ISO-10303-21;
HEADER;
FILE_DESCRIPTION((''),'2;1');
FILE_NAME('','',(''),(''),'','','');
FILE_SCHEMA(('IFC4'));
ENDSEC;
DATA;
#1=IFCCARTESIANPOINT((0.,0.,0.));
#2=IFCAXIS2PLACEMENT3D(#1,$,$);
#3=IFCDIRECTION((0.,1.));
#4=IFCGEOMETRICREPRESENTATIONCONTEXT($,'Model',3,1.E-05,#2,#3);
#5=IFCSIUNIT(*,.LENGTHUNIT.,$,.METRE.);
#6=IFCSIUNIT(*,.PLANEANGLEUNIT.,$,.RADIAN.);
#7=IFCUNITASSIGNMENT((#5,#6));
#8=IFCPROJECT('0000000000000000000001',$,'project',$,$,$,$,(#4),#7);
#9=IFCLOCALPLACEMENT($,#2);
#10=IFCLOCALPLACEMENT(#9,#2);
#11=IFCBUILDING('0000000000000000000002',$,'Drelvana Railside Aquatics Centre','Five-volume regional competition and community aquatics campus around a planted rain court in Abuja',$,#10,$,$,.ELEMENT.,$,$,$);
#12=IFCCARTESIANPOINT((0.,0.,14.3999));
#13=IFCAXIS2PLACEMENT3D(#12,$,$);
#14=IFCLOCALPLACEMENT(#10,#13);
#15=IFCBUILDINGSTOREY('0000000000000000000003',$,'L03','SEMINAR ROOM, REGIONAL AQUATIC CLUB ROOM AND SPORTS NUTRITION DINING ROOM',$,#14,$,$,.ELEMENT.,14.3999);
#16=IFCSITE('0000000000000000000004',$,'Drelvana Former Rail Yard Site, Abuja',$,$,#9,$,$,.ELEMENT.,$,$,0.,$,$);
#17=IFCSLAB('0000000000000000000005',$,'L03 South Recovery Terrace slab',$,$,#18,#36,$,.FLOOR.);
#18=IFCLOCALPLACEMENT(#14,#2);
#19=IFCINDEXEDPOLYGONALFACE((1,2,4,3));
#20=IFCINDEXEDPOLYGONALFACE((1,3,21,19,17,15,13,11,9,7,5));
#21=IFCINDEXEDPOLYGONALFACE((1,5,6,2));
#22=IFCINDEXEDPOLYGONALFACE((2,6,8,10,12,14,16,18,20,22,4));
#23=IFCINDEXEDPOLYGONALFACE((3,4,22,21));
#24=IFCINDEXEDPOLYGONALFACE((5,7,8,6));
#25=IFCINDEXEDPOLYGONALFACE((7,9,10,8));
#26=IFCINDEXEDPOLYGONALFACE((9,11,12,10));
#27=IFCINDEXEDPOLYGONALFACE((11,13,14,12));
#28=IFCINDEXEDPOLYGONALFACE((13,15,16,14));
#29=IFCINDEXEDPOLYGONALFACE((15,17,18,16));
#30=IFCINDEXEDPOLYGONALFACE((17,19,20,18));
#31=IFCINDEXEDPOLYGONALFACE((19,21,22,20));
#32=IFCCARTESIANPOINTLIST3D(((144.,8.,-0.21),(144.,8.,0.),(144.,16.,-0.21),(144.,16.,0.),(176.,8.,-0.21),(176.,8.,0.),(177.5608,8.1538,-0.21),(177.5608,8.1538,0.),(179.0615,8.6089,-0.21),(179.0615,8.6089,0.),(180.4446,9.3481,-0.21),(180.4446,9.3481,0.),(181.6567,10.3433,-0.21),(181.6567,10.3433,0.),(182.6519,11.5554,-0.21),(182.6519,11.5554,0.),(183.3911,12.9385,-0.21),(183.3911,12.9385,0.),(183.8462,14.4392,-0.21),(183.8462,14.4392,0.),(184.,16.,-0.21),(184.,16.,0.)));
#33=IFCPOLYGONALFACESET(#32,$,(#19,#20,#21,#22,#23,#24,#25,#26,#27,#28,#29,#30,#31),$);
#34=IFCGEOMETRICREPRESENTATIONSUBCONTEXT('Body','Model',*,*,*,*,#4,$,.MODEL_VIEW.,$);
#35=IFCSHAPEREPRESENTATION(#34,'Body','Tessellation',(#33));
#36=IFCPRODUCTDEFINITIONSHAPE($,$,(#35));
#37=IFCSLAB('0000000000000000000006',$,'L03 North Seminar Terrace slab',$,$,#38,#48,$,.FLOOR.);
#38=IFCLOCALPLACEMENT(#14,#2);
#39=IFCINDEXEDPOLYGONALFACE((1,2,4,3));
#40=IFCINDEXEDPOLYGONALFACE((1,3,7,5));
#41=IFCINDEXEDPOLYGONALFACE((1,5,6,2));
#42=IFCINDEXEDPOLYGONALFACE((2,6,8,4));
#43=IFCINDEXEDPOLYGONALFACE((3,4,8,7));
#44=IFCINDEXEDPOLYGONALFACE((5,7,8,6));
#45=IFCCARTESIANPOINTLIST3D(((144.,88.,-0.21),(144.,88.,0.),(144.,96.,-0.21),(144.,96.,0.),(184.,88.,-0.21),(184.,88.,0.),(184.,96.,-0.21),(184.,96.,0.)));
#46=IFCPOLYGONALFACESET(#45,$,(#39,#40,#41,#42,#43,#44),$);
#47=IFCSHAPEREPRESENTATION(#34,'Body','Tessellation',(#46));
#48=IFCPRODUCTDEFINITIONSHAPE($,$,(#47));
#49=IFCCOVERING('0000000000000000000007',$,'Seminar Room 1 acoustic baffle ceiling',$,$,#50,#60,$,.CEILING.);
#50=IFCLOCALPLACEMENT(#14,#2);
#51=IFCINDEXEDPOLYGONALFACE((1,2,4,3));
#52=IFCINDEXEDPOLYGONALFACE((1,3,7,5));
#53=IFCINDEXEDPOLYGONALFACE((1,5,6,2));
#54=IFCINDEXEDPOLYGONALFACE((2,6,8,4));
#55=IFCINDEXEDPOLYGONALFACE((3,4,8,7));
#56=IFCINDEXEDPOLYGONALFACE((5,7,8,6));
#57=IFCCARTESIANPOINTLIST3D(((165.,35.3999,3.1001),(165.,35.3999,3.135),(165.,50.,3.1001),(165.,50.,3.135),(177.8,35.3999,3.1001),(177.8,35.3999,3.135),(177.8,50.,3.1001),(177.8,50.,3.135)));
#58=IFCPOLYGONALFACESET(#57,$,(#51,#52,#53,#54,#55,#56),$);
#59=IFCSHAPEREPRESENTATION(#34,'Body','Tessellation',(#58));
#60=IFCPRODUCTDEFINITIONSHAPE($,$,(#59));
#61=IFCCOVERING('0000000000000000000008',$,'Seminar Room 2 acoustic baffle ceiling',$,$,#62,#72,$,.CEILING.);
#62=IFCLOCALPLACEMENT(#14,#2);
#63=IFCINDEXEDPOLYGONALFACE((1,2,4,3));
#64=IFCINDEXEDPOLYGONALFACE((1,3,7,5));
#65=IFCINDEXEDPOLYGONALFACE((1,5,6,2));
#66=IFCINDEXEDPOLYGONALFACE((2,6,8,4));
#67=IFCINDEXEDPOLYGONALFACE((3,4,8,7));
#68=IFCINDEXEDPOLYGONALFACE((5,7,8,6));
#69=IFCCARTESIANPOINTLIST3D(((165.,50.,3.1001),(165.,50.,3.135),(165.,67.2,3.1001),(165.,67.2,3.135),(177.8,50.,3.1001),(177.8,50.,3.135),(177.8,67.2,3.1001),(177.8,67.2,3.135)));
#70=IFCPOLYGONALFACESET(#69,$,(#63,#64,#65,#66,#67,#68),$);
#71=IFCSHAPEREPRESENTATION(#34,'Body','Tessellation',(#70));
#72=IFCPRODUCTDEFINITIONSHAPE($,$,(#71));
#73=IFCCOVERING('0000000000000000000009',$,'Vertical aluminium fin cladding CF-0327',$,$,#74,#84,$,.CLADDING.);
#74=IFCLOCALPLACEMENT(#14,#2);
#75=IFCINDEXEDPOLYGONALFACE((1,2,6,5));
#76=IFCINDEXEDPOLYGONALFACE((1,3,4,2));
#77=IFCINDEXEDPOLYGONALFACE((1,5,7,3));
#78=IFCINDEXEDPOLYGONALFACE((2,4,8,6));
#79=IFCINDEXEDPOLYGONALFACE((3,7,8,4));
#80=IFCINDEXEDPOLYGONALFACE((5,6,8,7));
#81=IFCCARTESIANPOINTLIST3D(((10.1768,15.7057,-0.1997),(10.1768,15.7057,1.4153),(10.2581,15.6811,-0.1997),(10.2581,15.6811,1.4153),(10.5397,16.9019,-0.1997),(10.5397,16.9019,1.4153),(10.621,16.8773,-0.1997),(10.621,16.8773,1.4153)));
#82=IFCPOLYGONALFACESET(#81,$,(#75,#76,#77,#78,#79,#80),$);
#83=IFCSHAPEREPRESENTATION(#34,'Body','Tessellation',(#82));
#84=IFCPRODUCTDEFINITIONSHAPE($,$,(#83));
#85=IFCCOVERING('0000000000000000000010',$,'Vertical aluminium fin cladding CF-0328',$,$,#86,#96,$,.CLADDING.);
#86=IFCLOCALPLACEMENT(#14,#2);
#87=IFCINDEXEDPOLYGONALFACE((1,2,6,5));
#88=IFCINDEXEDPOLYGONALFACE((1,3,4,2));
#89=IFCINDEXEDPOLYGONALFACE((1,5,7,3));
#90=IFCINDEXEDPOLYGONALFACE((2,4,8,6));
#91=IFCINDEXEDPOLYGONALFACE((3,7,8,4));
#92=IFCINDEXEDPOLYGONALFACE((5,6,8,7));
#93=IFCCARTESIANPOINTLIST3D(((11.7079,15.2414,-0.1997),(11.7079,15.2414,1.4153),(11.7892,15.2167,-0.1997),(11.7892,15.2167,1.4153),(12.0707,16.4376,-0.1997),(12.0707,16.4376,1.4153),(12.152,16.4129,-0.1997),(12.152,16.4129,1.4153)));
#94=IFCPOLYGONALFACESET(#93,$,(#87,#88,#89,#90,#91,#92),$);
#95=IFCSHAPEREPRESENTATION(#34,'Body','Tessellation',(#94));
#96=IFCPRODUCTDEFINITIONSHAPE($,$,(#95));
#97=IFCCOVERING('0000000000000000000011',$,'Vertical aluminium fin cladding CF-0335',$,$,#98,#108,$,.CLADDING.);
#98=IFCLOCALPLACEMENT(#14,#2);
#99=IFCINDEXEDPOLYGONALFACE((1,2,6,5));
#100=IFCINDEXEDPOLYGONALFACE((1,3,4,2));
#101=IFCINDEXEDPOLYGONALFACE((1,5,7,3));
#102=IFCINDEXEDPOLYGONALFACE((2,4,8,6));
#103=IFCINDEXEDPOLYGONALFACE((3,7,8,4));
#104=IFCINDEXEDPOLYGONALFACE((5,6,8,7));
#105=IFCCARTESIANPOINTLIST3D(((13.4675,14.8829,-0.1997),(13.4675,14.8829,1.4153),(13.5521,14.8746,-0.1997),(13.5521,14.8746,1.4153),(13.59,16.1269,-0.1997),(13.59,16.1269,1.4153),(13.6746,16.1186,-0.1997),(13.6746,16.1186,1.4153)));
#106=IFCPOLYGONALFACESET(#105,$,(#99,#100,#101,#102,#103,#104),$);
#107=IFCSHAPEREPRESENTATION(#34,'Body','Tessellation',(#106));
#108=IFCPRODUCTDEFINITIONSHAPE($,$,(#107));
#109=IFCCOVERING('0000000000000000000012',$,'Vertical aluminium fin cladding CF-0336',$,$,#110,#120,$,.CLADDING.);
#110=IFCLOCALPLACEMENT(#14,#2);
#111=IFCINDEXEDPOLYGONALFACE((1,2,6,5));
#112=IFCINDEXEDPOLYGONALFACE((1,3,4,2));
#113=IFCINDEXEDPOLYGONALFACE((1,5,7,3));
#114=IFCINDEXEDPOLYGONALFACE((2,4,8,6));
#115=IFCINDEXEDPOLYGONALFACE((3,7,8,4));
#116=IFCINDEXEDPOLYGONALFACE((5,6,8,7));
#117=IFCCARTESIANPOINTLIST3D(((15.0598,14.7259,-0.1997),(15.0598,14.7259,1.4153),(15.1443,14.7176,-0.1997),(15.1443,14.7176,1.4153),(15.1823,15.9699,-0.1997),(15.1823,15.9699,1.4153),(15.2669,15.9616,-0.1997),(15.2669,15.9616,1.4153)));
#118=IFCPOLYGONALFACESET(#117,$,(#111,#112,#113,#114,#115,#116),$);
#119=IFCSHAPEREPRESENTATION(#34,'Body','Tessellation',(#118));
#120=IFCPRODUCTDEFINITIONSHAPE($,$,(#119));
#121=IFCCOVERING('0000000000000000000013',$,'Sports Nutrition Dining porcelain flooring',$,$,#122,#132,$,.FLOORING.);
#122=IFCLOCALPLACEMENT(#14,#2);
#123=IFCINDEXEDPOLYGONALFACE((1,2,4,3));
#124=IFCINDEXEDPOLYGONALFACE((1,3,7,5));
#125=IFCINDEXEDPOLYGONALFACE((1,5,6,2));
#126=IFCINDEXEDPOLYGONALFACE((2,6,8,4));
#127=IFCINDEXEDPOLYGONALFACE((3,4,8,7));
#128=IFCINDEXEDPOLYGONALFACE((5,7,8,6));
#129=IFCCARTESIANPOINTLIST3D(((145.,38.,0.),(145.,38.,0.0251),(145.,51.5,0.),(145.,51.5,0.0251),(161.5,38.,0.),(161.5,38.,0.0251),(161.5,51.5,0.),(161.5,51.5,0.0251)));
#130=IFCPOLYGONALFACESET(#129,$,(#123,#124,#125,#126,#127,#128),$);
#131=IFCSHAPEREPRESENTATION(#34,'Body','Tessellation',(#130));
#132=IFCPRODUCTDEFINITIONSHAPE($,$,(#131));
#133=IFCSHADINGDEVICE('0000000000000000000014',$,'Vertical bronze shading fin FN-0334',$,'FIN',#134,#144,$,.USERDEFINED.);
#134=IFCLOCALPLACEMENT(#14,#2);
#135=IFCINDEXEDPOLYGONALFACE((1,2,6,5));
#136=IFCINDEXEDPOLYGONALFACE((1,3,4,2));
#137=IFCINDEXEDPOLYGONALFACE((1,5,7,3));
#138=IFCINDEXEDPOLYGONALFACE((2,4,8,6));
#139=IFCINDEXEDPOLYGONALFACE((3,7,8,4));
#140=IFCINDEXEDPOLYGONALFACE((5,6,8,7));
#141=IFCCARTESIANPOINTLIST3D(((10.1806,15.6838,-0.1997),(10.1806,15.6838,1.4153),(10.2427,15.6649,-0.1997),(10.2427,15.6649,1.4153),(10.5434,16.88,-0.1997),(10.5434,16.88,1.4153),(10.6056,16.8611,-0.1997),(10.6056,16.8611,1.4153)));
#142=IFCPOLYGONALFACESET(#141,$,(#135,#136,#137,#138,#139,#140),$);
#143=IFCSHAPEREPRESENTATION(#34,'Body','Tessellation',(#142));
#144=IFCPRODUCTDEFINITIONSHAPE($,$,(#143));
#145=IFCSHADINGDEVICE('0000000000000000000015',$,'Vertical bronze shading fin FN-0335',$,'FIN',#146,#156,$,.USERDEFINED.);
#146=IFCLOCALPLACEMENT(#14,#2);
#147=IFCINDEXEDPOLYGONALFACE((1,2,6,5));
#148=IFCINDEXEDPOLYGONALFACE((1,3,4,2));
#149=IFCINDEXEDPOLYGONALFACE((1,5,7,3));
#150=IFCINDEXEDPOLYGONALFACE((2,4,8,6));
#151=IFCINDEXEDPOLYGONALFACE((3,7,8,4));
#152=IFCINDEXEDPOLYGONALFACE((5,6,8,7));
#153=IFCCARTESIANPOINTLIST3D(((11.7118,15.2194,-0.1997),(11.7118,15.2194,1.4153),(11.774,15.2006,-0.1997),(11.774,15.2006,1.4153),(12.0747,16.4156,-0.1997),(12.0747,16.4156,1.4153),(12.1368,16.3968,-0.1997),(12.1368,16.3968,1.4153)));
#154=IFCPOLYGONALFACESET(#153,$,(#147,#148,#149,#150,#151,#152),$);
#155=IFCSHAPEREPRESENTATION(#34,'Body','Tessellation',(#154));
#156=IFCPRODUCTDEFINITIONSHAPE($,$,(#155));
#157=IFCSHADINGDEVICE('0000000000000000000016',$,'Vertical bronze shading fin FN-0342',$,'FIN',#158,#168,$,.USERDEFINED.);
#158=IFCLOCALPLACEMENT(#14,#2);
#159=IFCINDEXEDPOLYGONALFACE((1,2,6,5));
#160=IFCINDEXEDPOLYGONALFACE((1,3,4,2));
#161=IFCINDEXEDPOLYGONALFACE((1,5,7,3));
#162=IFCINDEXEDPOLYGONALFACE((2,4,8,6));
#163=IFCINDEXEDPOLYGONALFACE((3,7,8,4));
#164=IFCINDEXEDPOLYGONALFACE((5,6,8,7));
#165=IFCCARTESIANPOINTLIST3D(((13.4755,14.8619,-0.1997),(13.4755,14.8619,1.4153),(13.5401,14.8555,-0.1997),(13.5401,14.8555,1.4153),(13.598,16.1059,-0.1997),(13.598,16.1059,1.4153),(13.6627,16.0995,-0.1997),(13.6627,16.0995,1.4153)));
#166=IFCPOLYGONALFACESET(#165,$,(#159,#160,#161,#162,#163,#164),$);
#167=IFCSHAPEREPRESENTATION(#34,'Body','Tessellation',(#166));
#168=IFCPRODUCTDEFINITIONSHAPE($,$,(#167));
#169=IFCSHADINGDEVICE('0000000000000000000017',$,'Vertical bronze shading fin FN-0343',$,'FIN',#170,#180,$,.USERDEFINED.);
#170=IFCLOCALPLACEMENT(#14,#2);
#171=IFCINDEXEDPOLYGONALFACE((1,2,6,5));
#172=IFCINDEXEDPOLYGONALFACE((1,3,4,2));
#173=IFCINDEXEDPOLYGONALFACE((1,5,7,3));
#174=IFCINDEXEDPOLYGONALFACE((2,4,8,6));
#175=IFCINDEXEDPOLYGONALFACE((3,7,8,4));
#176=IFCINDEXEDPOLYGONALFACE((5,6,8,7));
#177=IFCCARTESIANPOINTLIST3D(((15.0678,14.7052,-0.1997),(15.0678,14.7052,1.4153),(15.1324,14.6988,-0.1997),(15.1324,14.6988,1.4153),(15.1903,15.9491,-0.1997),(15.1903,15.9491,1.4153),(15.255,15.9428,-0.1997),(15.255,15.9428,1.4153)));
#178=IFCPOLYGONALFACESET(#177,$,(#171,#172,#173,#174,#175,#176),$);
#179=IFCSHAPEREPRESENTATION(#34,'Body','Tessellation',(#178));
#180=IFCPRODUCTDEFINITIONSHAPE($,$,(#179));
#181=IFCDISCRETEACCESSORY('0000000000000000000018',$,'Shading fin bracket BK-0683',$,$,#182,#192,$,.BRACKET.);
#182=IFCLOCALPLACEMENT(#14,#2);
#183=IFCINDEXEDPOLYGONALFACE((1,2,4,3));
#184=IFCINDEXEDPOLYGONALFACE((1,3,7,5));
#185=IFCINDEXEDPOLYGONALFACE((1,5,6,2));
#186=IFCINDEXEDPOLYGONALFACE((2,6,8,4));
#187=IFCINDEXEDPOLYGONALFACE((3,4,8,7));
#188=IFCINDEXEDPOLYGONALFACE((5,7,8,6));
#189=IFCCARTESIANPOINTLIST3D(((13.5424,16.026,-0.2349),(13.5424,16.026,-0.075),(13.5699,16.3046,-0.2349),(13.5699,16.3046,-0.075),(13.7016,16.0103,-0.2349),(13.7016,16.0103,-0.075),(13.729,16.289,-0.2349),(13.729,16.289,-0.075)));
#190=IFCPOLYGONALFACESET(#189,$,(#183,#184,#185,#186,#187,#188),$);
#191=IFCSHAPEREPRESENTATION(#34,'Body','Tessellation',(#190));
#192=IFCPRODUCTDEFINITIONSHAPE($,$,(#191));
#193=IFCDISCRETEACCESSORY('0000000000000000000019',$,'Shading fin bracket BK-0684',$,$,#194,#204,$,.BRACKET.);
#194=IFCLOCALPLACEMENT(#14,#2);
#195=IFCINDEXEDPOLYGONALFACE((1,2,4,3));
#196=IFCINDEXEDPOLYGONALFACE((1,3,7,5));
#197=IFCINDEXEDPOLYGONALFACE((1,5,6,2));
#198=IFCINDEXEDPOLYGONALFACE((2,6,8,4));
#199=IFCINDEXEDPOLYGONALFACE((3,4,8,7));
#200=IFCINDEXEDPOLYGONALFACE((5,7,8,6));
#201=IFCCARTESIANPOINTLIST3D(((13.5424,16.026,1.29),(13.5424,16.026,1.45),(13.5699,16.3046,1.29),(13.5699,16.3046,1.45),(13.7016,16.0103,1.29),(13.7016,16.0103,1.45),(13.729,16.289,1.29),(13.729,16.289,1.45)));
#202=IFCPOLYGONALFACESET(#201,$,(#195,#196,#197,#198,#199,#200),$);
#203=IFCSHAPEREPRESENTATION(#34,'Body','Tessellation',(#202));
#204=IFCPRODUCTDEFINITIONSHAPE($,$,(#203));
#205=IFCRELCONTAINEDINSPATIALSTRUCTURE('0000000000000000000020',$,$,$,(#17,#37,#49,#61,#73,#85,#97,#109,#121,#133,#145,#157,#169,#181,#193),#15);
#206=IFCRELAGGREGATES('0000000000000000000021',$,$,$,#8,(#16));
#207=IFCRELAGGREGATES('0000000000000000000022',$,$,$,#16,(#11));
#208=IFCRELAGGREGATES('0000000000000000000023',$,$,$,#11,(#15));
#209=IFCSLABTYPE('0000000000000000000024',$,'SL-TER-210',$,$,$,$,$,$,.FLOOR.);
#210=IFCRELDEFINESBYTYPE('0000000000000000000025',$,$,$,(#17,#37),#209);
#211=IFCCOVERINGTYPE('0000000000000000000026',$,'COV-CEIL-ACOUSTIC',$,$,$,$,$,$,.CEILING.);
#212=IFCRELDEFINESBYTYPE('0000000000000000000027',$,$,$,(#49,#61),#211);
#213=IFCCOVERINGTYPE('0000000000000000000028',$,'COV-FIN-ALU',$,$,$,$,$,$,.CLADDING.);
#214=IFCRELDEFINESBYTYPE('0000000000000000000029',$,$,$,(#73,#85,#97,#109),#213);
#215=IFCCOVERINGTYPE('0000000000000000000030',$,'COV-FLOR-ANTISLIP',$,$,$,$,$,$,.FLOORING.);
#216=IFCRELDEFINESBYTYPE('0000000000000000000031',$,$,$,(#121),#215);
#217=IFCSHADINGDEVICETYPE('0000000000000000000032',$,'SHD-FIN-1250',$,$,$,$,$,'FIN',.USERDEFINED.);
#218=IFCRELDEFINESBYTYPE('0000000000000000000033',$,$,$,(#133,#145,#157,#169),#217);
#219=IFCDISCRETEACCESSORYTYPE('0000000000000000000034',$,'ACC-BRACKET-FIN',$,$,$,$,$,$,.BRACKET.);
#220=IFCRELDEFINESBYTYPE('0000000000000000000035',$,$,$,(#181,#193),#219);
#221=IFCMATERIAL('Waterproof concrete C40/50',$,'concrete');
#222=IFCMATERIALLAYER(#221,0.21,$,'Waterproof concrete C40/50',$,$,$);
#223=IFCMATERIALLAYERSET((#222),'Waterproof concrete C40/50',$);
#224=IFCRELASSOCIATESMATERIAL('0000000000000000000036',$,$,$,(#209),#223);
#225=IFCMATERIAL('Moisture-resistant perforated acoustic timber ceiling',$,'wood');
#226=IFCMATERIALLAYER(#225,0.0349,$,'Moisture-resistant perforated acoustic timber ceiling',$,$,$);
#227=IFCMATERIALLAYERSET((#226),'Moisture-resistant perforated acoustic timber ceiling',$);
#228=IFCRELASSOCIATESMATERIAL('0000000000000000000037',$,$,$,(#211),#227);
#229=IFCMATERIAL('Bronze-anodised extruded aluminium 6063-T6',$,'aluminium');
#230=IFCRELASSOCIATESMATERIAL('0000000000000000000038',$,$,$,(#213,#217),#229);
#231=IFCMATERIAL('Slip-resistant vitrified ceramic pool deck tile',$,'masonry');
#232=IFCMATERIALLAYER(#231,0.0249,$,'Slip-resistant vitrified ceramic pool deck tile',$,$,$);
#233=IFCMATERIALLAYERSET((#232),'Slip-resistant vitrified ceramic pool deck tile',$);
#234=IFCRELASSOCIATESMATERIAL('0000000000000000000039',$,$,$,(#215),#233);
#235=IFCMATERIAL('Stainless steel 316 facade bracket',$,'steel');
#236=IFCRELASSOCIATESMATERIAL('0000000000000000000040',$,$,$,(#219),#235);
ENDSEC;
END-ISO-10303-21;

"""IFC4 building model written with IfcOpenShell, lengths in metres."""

from ifc_helpers import new_model, si_unit, direction, frame, origin, origin_2d, place, context, subcontext, project, spatial, polyline, rectangle, outline, extrude, material, layer, layer_set, type_object, element, save


model = new_model("IFC4")

# Units and contexts
model_context = context("Model", 3, precision=1e-05, world=origin(), true_north=direction((0.0, 1.0)))
body_context = subcontext(model_context, "Body", "Model", "MODEL_VIEW")
ifc_project = project(units=[si_unit("LENGTHUNIT", "METRE"), si_unit("PLANEANGLEUNIT", "RADIAN")], contexts=[model_context])

# Site, building, storey
site_placement = place(None, origin())
site = spatial("IfcSite", under=ifc_project, at=site_placement, Name="Drelvana Former Rail Yard Site, Abuja", CompositionType="ELEMENT", RefElevation=0.0)
building_placement = place(site_placement, origin())
building = spatial("IfcBuilding", under=site, at=building_placement, Name="Drelvana Railside Aquatics Centre", Description="Five-volume regional competition and community aquatics campus around a planted rain court in Abuja", CompositionType="ELEMENT")
storey_placement = place(building_placement, frame((0.0, 0.0, 14.3999)))
storey = spatial("IfcBuildingStorey", under=building, at=storey_placement, Name="L03", Description="SEMINAR ROOM, REGIONAL AQUATIC CLUB ROOM AND SPORTS NUTRITION DINING ROOM", CompositionType="ELEMENT", Elevation=14.3999)

# Slabs
ifc_material_1 = material(Name="Waterproof concrete C40/50", Category="concrete")
ifc_layer_1 = layer(ifc_material_1, 0.21, Name="Waterproof concrete C40/50")
ifc_layer_set_1 = layer_set([ifc_layer_1], Name="Waterproof concrete C40/50")
slab_type_1 = type_object("IfcSlabType", Name="SL-TER-210", PredefinedType="FLOOR", material=ifc_layer_set_1)
slab_1_placement = place(storey_placement, frame((0.0, 0.0, -0.21)))
element("IfcSlab", 1, at=slab_1_placement, inside=storey, type_object=slab_type_1, Name="L03 South Recovery Terrace slab", PredefinedType="FLOOR", context=body_context, shape_type="SweptSolid", body=[
    extrude(outline(polyline([(144.0, 8.0), (176.0, 8.0), (177.5608, 8.1538), (179.0615, 8.6089), (180.4446, 9.3481), (181.6567, 10.3433), (182.6519, 11.5554), (183.3911, 12.9385), (183.8462, 14.4392), (184.0, 16.0), (144.0, 16.0), (144.0, 8.0)])), origin(), (0.0, 0.0, 1.0), 0.21),
])
slab_2_placement = place(storey_placement, frame((0.0, 0.0, -0.21)))
element("IfcSlab", 2, at=slab_2_placement, inside=storey, type_object=slab_type_1, Name="L03 North Seminar Terrace slab", PredefinedType="FLOOR", context=body_context, shape_type="SweptSolid", body=[
    extrude(outline(polyline([(144.0, 88.0), (184.0, 88.0), (184.0, 96.0), (144.0, 96.0), (144.0, 88.0)])), origin(), (0.0, 0.0, 1.0), 0.21),
])

# Coverings
ifc_material_2 = material(Name="Moisture-resistant perforated acoustic timber ceiling", Category="wood")
ifc_layer_2 = layer(ifc_material_2, 0.0349, Name="Moisture-resistant perforated acoustic timber ceiling")
ifc_layer_set_2 = layer_set([ifc_layer_2], Name="Moisture-resistant perforated acoustic timber ceiling")
covering_type_1 = type_object("IfcCoveringType", Name="COV-CEIL-ACOUSTIC", PredefinedType="CEILING", material=ifc_layer_set_2)
covering_1_placement = place(storey_placement, frame((0.0, 0.0, 3.1001)))
element("IfcCovering", 3, at=covering_1_placement, inside=storey, type_object=covering_type_1, Name="Seminar Room 1 acoustic baffle ceiling", PredefinedType="CEILING", context=body_context, shape_type="SweptSolid", body=[
    extrude(outline(polyline([(165.0, 35.3999), (177.8, 35.3999), (177.8, 50.0), (165.0, 50.0), (165.0, 35.3999)])), origin(), (0.0, 0.0, 1.0), 0.0349),
])
covering_2_placement = place(storey_placement, frame((0.0, 0.0, 3.1001)))
element("IfcCovering", 4, at=covering_2_placement, inside=storey, type_object=covering_type_1, Name="Seminar Room 2 acoustic baffle ceiling", PredefinedType="CEILING", context=body_context, shape_type="SweptSolid", body=[
    extrude(outline(polyline([(165.0, 50.0), (177.8, 50.0), (177.8, 67.2), (165.0, 67.2), (165.0, 50.0)])), origin(), (0.0, 0.0, 1.0), 0.0349),
])
ifc_material_3 = material(Name="Bronze-anodised extruded aluminium 6063-T6", Category="aluminium")
covering_type_2 = type_object("IfcCoveringType", Name="COV-FIN-ALU", PredefinedType="CLADDING", material=ifc_material_3)
for number, where, z_axis, x_axis, name in (
    (5, (10.3989, 16.2915, -0.1997), (0.0, 0.0, 1.0), (-0.95694, 0.290285, 0.0), "Vertical aluminium fin cladding CF-0327"),
    (6, (11.9299, 15.8271, -0.1997), (0.0, 0.0, 1.0), (-0.95694, 0.290285, 0.0), "Vertical aluminium fin cladding CF-0328"),
    (7, (13.571, 15.5007, -0.1997), (0.0, 0.0, 1.0), (-0.995185, 0.098017, 0.0), "Vertical aluminium fin cladding CF-0335"),
    (8, (15.1633, 15.3438, -0.1997), (0.0, 0.0, 1.0), (-0.995185, 0.098017, 0.0), "Vertical aluminium fin cladding CF-0336"),
):
    element("IfcCovering", number, at=place(storey_placement, frame(where, z_axis=z_axis, x_axis=x_axis)), inside=storey, type_object=covering_type_2, Name=name, PredefinedType="CLADDING", context=body_context, shape_type="SweptSolid", body=[
        extrude(rectangle(XDim=0.085, YDim=1.25, at=origin_2d()), origin(), (0.0, 0.0, 1.0), 1.615),
    ])
ifc_material_4 = material(Name="Slip-resistant vitrified ceramic pool deck tile", Category="masonry")
ifc_layer_3 = layer(ifc_material_4, 0.0249, Name="Slip-resistant vitrified ceramic pool deck tile")
ifc_layer_set_3 = layer_set([ifc_layer_3], Name="Slip-resistant vitrified ceramic pool deck tile")
covering_type_3 = type_object("IfcCoveringType", Name="COV-FLOR-ANTISLIP", PredefinedType="FLOORING", material=ifc_layer_set_3)
covering_3_placement = place(storey_placement, origin())
element("IfcCovering", 9, at=covering_3_placement, inside=storey, type_object=covering_type_3, Name="Sports Nutrition Dining porcelain flooring", PredefinedType="FLOORING", context=body_context, shape_type="SweptSolid", body=[
    extrude(outline(polyline([(145.0, 38.0), (161.5, 38.0), (161.5, 51.5), (145.0, 51.5), (145.0, 38.0)])), origin(), (0.0, 0.0, 1.0), 0.0251),
])

# Shading devices
shading_device_type = type_object("IfcShadingDeviceType", Name="SHD-FIN-1250", ElementType="FIN", PredefinedType="USERDEFINED", material=ifc_material_3)
for number, where, z_axis, x_axis, name in (
    (10, (10.3931, 16.2725, -0.1997), (0.0, 0.0, 1.0), (-0.290285, -0.95694, 0.0), "Vertical bronze shading fin FN-0334"),
    (11, (11.9243, 15.8081, -0.1997), (0.0, 0.0, 1.0), (-0.290285, -0.95694, 0.0), "Vertical bronze shading fin FN-0335"),
    (12, (13.5691, 15.4807, -0.1997), (0.0, 0.0, 1.0), (-0.098017, -0.995185, 0.0), "Vertical bronze shading fin FN-0342"),
    (13, (15.1614, 15.324, -0.1997), (0.0, 0.0, 1.0), (-0.098017, -0.995185, 0.0), "Vertical bronze shading fin FN-0343"),
):
    element("IfcShadingDevice", number, at=place(storey_placement, frame(where, z_axis=z_axis, x_axis=x_axis)), inside=storey, type_object=shading_device_type, Name=name, ObjectType="FIN", PredefinedType="USERDEFINED", context=body_context, shape_type="SweptSolid", body=[
        extrude(rectangle(XDim=1.25, YDim=0.0649, at=origin_2d()), origin(), (0.0, 0.0, 1.0), 1.615),
    ])

# Discrete accessories
ifc_material_5 = material(Name="Stainless steel 316 facade bracket", Category="steel")
discrete_accessory_type = type_object("IfcDiscreteAccessoryType", Name="ACC-BRACKET-FIN", PredefinedType="BRACKET", material=ifc_material_5)
for number, where, z_axis, x_axis, name in (
    (14, (13.6357, 16.1575, -0.2349), (0.0, 0.0, 1.0), (-0.098017, -0.995185, 0.0), "Shading fin bracket BK-0683"),
    (15, (13.6357, 16.1575, 1.29), (0.0, 0.0, 1.0), (-0.098017, -0.995185, 0.0), "Shading fin bracket BK-0684"),
):
    element("IfcDiscreteAccessory", number, at=place(storey_placement, frame(where, z_axis=z_axis, x_axis=x_axis)), inside=storey, type_object=discrete_accessory_type, Name=name, PredefinedType="BRACKET", context=body_context, shape_type="SweptSolid", body=[
        extrude(rectangle(XDim=0.28, YDim=0.1599, at=origin_2d()), origin(), (0.0, 0.0, 1.0), 0.1599),
    ])

save(model, "model.ifc")
